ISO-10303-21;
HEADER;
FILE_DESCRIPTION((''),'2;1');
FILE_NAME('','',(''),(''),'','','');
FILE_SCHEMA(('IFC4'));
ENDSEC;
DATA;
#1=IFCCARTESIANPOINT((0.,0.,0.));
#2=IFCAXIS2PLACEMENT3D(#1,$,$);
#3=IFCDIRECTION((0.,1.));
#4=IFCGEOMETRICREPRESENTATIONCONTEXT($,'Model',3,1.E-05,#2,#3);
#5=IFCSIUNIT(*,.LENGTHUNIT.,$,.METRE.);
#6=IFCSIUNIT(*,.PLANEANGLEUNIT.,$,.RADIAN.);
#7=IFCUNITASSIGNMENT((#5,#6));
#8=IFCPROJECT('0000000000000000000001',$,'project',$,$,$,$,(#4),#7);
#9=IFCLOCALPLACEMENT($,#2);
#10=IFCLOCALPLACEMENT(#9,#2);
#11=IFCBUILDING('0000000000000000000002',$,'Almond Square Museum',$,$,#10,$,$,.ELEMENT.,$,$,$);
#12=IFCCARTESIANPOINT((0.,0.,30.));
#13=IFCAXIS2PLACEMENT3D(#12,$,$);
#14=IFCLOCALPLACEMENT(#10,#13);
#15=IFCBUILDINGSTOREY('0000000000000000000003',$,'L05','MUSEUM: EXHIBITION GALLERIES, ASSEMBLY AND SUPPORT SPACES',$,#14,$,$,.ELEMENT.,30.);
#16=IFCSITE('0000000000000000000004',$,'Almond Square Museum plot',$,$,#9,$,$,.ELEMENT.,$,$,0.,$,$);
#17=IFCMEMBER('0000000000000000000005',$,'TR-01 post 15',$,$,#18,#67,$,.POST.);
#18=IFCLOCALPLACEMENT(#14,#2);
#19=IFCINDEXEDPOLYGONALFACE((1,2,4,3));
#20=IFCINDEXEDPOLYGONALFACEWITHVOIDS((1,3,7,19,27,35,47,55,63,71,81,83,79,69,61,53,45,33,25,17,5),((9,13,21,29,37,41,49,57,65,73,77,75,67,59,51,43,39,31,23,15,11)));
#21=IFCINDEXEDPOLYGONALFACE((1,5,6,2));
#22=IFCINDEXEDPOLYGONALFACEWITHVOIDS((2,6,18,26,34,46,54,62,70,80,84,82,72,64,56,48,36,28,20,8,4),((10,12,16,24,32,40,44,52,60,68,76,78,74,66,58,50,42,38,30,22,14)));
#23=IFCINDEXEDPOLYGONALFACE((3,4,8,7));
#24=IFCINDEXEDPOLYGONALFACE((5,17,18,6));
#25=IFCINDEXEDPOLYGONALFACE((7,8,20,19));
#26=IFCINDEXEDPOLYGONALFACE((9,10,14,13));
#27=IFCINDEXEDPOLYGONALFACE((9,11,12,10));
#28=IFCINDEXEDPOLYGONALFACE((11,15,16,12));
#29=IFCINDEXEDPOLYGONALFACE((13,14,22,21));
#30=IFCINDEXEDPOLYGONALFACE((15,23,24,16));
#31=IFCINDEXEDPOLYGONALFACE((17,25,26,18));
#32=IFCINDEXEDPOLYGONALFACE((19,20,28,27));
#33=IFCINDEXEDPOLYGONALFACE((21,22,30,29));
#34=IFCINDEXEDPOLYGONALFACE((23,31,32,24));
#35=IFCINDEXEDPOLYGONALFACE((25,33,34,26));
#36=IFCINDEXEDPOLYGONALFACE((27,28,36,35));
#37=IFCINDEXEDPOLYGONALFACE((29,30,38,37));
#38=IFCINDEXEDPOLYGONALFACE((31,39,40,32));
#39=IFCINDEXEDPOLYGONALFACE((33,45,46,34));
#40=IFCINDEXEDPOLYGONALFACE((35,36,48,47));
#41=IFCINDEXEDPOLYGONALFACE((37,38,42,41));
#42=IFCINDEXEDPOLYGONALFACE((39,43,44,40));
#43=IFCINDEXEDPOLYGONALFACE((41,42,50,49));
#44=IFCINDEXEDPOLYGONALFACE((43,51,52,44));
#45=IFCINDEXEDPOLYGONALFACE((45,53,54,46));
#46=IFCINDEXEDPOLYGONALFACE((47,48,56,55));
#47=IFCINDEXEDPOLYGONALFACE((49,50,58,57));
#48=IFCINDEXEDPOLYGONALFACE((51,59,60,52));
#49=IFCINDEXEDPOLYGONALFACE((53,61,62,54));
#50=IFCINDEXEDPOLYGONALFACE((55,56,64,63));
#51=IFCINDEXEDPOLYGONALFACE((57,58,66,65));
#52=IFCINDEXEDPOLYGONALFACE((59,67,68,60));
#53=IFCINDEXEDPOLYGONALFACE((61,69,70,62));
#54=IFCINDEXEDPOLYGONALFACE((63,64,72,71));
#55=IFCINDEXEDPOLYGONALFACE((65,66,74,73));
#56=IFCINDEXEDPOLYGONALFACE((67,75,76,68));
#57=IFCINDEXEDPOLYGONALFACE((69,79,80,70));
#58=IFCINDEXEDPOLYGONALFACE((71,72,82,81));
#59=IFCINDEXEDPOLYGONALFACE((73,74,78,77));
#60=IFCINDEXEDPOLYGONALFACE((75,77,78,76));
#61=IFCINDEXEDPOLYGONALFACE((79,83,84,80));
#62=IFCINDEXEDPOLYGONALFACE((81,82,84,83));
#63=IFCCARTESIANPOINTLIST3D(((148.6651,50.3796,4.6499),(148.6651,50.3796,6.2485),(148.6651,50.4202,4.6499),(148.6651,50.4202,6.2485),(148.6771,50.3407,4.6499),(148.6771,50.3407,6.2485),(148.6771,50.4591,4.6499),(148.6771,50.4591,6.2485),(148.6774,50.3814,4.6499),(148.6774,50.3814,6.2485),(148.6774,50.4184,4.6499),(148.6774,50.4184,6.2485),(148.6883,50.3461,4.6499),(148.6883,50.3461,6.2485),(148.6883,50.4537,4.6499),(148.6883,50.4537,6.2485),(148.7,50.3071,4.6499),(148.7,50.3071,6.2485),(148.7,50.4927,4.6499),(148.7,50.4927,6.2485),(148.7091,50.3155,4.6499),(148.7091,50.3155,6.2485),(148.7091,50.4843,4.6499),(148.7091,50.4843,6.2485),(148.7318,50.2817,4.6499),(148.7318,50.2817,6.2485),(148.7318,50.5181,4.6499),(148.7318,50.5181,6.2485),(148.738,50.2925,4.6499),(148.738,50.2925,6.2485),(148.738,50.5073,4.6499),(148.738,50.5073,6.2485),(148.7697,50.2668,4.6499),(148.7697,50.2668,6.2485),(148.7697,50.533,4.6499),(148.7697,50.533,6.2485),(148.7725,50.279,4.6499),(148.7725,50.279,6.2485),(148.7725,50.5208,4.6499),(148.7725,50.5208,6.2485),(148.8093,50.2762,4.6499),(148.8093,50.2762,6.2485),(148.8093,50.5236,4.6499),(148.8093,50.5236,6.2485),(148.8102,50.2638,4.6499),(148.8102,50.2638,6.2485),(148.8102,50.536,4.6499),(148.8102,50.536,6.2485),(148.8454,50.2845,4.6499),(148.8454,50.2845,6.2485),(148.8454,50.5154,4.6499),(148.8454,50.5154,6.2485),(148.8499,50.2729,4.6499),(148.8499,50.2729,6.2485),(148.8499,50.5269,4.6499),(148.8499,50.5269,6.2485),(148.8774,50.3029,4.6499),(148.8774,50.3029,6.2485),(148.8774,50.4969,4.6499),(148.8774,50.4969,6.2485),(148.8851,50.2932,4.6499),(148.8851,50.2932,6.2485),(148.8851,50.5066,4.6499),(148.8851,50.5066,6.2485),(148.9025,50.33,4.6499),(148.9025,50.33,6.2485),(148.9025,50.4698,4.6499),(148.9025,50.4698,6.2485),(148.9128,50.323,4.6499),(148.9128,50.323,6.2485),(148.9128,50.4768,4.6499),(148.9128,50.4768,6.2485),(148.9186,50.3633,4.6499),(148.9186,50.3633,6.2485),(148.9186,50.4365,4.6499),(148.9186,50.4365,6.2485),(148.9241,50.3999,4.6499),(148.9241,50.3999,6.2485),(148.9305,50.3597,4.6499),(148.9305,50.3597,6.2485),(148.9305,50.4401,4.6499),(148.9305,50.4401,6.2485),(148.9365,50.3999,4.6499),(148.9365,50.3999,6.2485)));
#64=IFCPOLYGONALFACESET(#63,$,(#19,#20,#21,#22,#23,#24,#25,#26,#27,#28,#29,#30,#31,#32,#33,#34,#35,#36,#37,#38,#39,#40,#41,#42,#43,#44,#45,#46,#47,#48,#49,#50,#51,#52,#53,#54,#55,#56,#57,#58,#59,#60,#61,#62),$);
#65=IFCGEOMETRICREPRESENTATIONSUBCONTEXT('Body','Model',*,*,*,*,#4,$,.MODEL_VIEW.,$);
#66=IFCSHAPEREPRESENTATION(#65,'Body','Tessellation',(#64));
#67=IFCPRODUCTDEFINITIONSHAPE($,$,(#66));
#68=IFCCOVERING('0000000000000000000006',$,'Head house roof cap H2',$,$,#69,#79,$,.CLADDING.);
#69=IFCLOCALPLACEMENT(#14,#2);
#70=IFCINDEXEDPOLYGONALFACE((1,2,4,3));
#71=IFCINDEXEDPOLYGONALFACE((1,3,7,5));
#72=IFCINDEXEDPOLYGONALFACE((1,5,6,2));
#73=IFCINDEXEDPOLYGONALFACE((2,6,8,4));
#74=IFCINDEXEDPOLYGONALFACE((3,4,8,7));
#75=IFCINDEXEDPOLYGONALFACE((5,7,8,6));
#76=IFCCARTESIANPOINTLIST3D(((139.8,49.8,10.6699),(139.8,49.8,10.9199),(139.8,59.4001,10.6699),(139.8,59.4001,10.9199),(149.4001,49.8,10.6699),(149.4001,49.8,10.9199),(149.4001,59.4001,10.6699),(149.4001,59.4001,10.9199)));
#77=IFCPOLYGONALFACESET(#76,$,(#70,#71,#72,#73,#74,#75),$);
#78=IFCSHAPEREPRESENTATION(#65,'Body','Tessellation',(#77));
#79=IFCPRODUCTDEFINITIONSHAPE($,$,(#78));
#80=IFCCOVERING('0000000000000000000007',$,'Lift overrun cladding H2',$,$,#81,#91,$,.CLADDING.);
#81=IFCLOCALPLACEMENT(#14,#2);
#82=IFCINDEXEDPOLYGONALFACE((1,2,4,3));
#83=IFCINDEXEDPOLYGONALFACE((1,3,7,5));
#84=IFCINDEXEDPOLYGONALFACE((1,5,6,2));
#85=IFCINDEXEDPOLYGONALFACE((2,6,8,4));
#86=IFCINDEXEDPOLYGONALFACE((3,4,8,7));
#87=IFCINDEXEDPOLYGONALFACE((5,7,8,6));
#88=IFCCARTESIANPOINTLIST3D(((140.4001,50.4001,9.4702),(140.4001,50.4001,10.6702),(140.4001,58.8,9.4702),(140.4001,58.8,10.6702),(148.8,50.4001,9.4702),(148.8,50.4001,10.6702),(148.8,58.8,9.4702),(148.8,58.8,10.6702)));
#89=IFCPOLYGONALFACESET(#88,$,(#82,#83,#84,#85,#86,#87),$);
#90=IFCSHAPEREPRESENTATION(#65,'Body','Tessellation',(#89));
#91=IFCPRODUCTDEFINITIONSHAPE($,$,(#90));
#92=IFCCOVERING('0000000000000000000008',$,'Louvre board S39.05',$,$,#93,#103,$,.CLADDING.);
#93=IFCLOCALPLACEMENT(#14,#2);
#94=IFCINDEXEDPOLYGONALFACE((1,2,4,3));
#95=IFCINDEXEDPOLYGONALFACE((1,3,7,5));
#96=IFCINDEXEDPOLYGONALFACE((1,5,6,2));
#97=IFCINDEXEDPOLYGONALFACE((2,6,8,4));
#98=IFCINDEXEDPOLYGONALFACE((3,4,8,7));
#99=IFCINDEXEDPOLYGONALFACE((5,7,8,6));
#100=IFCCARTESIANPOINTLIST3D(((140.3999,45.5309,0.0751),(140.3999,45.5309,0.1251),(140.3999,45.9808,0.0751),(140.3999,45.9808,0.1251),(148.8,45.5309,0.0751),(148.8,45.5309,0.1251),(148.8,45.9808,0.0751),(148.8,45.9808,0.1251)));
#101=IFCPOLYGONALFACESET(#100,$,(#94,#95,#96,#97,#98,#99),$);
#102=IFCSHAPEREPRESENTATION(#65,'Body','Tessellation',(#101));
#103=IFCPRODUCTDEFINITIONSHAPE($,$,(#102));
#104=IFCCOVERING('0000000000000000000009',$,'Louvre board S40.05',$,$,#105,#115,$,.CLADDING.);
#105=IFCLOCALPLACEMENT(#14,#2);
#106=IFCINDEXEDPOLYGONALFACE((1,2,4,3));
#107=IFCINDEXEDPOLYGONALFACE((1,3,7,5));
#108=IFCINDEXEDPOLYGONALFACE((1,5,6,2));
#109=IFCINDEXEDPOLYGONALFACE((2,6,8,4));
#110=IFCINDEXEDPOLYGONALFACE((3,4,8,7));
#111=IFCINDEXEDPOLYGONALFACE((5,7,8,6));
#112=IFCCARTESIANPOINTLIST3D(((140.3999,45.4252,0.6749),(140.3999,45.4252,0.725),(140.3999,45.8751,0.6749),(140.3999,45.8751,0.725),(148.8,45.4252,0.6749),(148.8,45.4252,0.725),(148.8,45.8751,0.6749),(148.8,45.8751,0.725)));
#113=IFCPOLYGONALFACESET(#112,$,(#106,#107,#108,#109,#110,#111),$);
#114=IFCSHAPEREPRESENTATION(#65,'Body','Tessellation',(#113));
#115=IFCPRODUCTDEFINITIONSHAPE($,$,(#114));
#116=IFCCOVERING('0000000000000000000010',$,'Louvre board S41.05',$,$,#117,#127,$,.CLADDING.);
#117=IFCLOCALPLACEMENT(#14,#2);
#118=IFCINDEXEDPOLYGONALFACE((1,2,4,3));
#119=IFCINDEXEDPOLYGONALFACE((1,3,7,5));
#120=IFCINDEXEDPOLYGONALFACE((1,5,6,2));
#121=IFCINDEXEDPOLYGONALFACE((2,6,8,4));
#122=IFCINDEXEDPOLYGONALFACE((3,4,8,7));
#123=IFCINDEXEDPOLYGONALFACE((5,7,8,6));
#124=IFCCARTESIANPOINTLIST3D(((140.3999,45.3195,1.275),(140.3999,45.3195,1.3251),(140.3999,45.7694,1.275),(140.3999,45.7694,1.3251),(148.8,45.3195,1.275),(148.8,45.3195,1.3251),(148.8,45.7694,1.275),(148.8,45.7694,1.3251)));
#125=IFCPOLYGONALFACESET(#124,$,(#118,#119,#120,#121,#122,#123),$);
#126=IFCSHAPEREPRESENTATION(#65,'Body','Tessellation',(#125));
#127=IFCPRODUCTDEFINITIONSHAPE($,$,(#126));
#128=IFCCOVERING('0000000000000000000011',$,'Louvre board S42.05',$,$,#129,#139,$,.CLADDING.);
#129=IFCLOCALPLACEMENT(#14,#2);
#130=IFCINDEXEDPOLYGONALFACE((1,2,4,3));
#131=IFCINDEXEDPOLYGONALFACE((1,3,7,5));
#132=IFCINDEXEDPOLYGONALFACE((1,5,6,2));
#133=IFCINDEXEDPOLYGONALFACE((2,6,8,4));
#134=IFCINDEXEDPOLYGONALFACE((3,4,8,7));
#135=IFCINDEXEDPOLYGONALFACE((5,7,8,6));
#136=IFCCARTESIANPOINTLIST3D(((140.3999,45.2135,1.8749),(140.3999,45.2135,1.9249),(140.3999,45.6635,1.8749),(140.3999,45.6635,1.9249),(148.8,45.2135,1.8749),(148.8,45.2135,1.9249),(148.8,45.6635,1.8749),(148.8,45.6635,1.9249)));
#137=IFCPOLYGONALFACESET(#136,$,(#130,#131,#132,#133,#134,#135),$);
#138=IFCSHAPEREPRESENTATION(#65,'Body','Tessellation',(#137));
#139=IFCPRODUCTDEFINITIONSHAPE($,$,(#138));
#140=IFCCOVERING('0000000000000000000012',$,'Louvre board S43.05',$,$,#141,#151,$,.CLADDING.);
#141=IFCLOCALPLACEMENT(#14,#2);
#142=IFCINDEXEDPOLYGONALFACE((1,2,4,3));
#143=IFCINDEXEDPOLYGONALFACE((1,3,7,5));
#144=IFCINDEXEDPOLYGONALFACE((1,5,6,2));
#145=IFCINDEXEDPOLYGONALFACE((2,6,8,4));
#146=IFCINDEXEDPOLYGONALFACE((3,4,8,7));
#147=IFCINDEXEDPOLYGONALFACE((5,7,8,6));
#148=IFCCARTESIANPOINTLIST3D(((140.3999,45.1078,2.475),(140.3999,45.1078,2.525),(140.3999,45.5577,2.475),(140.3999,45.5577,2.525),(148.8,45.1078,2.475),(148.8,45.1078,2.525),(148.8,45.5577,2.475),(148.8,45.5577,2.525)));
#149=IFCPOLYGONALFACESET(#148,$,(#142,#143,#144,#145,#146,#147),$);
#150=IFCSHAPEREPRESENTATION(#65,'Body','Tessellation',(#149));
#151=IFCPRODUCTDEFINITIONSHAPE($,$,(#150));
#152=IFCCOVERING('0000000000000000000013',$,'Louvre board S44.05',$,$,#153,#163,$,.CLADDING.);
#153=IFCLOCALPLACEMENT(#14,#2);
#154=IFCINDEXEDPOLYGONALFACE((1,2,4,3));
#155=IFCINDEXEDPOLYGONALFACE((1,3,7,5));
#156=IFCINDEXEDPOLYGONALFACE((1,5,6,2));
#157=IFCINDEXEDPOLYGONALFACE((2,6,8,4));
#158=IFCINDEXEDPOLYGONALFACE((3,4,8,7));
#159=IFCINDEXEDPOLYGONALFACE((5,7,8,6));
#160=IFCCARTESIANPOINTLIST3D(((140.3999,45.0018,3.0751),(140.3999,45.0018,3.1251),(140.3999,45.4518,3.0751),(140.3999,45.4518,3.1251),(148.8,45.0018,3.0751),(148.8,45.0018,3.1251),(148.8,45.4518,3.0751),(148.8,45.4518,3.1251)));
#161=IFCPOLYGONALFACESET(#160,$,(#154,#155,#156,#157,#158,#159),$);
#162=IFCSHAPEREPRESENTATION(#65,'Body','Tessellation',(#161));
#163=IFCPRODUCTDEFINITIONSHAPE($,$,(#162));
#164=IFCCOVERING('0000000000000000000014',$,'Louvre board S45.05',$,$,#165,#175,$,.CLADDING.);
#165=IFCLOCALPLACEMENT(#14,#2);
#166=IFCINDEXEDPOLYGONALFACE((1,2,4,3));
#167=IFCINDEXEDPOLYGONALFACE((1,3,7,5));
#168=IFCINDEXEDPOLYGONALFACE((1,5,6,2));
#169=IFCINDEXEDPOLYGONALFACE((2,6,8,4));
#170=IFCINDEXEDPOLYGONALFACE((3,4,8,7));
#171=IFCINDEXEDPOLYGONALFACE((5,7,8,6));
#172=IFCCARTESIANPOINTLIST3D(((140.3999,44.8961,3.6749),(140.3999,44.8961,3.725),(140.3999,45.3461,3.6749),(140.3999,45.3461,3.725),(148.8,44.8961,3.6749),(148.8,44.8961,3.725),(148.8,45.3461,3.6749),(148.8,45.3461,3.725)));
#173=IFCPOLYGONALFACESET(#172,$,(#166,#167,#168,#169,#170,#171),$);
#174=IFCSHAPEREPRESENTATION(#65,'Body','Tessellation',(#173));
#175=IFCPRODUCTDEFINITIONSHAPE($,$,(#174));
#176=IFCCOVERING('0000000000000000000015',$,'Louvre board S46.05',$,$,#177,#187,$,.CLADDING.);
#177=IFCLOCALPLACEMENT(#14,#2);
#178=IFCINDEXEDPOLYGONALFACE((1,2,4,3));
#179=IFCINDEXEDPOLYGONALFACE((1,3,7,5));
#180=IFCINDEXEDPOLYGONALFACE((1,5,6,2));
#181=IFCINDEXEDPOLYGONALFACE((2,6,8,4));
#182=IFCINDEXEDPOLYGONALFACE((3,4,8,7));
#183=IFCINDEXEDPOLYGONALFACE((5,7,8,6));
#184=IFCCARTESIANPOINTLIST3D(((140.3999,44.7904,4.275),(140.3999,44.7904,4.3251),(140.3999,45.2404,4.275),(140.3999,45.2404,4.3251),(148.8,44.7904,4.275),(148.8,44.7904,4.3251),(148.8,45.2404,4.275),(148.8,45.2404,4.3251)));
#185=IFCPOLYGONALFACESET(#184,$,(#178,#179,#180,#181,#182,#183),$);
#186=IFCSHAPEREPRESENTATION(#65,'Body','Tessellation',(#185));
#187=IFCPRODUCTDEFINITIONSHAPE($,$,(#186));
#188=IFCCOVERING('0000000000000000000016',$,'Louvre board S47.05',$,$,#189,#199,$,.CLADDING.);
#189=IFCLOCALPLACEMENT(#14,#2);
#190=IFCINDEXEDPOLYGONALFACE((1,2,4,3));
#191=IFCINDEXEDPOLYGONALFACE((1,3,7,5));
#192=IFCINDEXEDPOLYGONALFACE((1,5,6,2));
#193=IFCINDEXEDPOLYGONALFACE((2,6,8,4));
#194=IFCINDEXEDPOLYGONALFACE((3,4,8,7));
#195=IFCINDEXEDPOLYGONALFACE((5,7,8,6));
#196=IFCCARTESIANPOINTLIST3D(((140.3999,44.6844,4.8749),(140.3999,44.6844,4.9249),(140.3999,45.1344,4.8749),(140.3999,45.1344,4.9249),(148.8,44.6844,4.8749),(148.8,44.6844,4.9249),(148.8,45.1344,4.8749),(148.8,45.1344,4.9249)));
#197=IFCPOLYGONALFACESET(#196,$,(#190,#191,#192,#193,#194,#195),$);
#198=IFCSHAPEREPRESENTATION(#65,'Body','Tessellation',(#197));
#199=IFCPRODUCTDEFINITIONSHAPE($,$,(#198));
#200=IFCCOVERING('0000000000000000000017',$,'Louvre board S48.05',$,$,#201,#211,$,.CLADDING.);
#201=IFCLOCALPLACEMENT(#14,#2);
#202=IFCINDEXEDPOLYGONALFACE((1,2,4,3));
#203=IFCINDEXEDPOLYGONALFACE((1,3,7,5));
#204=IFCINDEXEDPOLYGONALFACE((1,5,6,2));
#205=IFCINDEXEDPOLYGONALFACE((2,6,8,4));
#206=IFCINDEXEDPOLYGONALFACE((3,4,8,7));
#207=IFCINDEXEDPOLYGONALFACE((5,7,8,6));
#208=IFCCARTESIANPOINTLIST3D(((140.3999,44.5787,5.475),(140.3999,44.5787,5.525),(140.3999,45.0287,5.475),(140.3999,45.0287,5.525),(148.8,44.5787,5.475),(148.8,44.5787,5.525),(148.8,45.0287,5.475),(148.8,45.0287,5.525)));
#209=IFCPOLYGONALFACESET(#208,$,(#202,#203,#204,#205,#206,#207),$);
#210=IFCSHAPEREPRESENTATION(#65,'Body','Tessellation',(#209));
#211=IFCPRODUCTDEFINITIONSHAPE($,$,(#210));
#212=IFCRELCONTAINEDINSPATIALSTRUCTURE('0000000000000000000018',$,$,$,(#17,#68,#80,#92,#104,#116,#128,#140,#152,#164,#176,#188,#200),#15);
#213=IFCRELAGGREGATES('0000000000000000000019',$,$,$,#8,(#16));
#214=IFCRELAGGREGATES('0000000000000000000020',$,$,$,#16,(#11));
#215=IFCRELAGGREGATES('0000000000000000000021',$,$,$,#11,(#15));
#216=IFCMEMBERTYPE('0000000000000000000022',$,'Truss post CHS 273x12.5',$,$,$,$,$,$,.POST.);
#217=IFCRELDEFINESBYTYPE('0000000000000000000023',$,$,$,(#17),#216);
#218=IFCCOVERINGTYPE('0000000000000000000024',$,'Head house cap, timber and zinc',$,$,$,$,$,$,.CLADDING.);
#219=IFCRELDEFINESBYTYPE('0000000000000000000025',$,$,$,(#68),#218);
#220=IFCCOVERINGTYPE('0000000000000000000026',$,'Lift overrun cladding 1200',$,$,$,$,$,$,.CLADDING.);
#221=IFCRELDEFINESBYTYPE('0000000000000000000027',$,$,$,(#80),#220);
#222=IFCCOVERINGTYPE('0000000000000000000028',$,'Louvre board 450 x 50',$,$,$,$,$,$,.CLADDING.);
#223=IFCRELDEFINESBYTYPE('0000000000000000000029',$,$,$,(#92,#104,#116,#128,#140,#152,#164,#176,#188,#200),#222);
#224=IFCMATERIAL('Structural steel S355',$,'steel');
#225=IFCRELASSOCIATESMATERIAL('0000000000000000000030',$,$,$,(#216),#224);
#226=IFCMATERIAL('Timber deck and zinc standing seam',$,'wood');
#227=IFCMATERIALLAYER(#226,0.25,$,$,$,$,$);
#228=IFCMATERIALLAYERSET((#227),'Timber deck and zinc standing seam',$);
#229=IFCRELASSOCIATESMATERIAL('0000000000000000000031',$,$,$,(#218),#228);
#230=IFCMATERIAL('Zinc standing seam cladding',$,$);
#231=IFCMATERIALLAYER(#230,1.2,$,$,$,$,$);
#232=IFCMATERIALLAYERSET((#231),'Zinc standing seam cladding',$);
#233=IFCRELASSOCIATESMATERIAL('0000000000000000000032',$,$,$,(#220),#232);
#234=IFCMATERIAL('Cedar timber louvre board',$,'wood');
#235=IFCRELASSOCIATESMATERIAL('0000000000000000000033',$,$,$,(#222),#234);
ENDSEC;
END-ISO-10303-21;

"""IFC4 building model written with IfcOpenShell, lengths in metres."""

from ifc_helpers import new_model, si_unit, direction, frame, origin, origin_2d, place, context, subcontext, project, spatial, rectangle, hollow_circle, extrude, material, layer, layer_set, material_profile, profile_set, type_object, element, save


model = new_model("IFC4")

# Units and contexts
model_context = context("Model", 3, precision=1e-05, world=origin(), true_north=direction((0.0, 1.0)))
body_context = subcontext(model_context, "Body", "Model", "MODEL_VIEW")
ifc_project = project(units=[si_unit("LENGTHUNIT", "METRE"), si_unit("PLANEANGLEUNIT", "RADIAN")], contexts=[model_context])

# Site, building, storey
site_placement = place(None, origin())
site = spatial("IfcSite", under=ifc_project, at=site_placement, Name="Almond Square Museum plot", CompositionType="ELEMENT", RefElevation=0.0)
building_placement = place(site_placement, origin())
building = spatial("IfcBuilding", under=site, at=building_placement, Name="Almond Square Museum", CompositionType="ELEMENT")
storey_placement = place(building_placement, frame((0.0, 0.0, 30.0)))
storey = spatial("IfcBuildingStorey", under=building, at=storey_placement, Name="L05", Description="MUSEUM: EXHIBITION GALLERIES, ASSEMBLY AND SUPPORT SPACES", CompositionType="ELEMENT", Elevation=30.0)

# Member
ifc_material_1 = material(Name="Structural steel S355", Category="steel")
ifc_material_profile_1 = material_profile(ifc_material_1, hollow_circle(Radius=0.1365, WallThickness=0.0125, at=origin_2d()))
ifc_profile_set_1 = profile_set([ifc_material_profile_1], Name="Structural steel S355")
member_type_1 = type_object("IfcMemberType", Name="Truss post CHS 273x12.5", PredefinedType="POST", material=ifc_profile_set_1)
member_1_placement = place(storey_placement, frame((148.8, 50.3999, 4.6499), z_axis=(0.0, 0.0, 1.0), x_axis=(1.0, 0.0, 0.0)))
element("IfcMember", 1, at=member_1_placement, inside=storey, type_object=member_type_1, Name="TR-01 post 15", PredefinedType="POST", context=body_context, shape_type="SweptSolid", body=[
    extrude(hollow_circle(Radius=0.1365, WallThickness=0.0125, at=origin_2d()), origin(), (0.0, 0.0, 1.0), 1.5986),
])

# Coverings
ifc_material_2 = material(Name="Timber deck and zinc standing seam", Category="wood")
ifc_layer_1 = layer(ifc_material_2, 0.25)
ifc_layer_set_1 = layer_set([ifc_layer_1], Name="Timber deck and zinc standing seam")
covering_type_1 = type_object("IfcCoveringType", Name="Head house cap, timber and zinc", PredefinedType="CLADDING", material=ifc_layer_set_1)
covering_1_placement = place(storey_placement, frame((144.6001, 54.6001, 10.6699), z_axis=(0.0, 0.0, 1.0), x_axis=(1.0, 0.0, 0.0)))
element("IfcCovering", 2, at=covering_1_placement, inside=storey, type_object=covering_type_1, Name="Head house roof cap H2", PredefinedType="CLADDING", context=body_context, shape_type="SweptSolid", body=[
    extrude(rectangle(XDim=9.6001, YDim=9.6001, at=origin_2d()), origin(), (0.0, 0.0, 1.0), 0.25),
])
ifc_material_3 = material(Name="Zinc standing seam cladding")
ifc_layer_2 = layer(ifc_material_3, 1.2)
ifc_layer_set_2 = layer_set([ifc_layer_2], Name="Zinc standing seam cladding")
covering_type_2 = type_object("IfcCoveringType", Name="Lift overrun cladding 1200", PredefinedType="CLADDING", material=ifc_layer_set_2)
covering_2_placement = place(storey_placement, frame((144.6001, 54.6001, 9.4702), z_axis=(0.0, 0.0, 1.0), x_axis=(1.0, 0.0, 0.0)))
element("IfcCovering", 3, at=covering_2_placement, inside=storey, type_object=covering_type_2, Name="Lift overrun cladding H2", PredefinedType="CLADDING", context=body_context, shape_type="SweptSolid", body=[
    extrude(rectangle(XDim=8.3999, YDim=8.3999, at=origin_2d()), origin(), (0.0, 0.0, 1.0), 1.2),
])
ifc_material_4 = material(Name="Cedar timber louvre board", Category="wood")
ifc_material_profile_2 = material_profile(ifc_material_4, rectangle(XDim=0.45, YDim=0.05, at=origin_2d()))
ifc_profile_set_2 = profile_set([ifc_material_profile_2], Name="Cedar timber louvre board")
covering_type_3 = type_object("IfcCoveringType", Name="Louvre board 450 x 50", PredefinedType="CLADDING", material=ifc_profile_set_2)
for number, where, z_axis, x_axis, name in (
    (4, (140.3999, 45.7559, 0.1001), (1.0, 0.0, 0.0), (0.0, 1.0, 0.0), "Louvre board S39.05"),
    (5, (140.3999, 45.6501, 0.7), (1.0, 0.0, 0.0), (0.0, 1.0, 0.0), "Louvre board S40.05"),
    (6, (140.3999, 45.5444, 1.3), (1.0, 0.0, 0.0), (0.0, 1.0, 0.0), "Louvre board S41.05"),
    (7, (140.3999, 45.4385, 1.8999), (1.0, 0.0, 0.0), (0.0, 1.0, 0.0), "Louvre board S42.05"),
    (8, (140.3999, 45.3328, 2.5), (1.0, 0.0, 0.0), (0.0, 1.0, 0.0), "Louvre board S43.05"),
    (9, (140.3999, 45.2268, 3.1001), (1.0, 0.0, 0.0), (0.0, 1.0, 0.0), "Louvre board S44.05"),
    (10, (140.3999, 45.1211, 3.7), (1.0, 0.0, 0.0), (0.0, 1.0, 0.0), "Louvre board S45.05"),
    (11, (140.3999, 45.0154, 4.3), (1.0, 0.0, 0.0), (0.0, 1.0, 0.0), "Louvre board S46.05"),
    (12, (140.3999, 44.9094, 4.8999), (1.0, 0.0, 0.0), (0.0, 1.0, 0.0), "Louvre board S47.05"),
    (13, (140.3999, 44.8037, 5.5), (1.0, 0.0, 0.0), (0.0, 1.0, 0.0), "Louvre board S48.05"),
):
    element("IfcCovering", number, at=place(storey_placement, frame(where, z_axis=z_axis, x_axis=x_axis)), inside=storey, type_object=covering_type_3, Name=name, PredefinedType="CLADDING", context=body_context, shape_type="SweptSolid", body=[
        extrude(rectangle(XDim=0.45, YDim=0.05, at=origin_2d()), origin(), (0.0, 0.0, 1.0), 8.4001),
    ])

save(model, "model.ifc")
